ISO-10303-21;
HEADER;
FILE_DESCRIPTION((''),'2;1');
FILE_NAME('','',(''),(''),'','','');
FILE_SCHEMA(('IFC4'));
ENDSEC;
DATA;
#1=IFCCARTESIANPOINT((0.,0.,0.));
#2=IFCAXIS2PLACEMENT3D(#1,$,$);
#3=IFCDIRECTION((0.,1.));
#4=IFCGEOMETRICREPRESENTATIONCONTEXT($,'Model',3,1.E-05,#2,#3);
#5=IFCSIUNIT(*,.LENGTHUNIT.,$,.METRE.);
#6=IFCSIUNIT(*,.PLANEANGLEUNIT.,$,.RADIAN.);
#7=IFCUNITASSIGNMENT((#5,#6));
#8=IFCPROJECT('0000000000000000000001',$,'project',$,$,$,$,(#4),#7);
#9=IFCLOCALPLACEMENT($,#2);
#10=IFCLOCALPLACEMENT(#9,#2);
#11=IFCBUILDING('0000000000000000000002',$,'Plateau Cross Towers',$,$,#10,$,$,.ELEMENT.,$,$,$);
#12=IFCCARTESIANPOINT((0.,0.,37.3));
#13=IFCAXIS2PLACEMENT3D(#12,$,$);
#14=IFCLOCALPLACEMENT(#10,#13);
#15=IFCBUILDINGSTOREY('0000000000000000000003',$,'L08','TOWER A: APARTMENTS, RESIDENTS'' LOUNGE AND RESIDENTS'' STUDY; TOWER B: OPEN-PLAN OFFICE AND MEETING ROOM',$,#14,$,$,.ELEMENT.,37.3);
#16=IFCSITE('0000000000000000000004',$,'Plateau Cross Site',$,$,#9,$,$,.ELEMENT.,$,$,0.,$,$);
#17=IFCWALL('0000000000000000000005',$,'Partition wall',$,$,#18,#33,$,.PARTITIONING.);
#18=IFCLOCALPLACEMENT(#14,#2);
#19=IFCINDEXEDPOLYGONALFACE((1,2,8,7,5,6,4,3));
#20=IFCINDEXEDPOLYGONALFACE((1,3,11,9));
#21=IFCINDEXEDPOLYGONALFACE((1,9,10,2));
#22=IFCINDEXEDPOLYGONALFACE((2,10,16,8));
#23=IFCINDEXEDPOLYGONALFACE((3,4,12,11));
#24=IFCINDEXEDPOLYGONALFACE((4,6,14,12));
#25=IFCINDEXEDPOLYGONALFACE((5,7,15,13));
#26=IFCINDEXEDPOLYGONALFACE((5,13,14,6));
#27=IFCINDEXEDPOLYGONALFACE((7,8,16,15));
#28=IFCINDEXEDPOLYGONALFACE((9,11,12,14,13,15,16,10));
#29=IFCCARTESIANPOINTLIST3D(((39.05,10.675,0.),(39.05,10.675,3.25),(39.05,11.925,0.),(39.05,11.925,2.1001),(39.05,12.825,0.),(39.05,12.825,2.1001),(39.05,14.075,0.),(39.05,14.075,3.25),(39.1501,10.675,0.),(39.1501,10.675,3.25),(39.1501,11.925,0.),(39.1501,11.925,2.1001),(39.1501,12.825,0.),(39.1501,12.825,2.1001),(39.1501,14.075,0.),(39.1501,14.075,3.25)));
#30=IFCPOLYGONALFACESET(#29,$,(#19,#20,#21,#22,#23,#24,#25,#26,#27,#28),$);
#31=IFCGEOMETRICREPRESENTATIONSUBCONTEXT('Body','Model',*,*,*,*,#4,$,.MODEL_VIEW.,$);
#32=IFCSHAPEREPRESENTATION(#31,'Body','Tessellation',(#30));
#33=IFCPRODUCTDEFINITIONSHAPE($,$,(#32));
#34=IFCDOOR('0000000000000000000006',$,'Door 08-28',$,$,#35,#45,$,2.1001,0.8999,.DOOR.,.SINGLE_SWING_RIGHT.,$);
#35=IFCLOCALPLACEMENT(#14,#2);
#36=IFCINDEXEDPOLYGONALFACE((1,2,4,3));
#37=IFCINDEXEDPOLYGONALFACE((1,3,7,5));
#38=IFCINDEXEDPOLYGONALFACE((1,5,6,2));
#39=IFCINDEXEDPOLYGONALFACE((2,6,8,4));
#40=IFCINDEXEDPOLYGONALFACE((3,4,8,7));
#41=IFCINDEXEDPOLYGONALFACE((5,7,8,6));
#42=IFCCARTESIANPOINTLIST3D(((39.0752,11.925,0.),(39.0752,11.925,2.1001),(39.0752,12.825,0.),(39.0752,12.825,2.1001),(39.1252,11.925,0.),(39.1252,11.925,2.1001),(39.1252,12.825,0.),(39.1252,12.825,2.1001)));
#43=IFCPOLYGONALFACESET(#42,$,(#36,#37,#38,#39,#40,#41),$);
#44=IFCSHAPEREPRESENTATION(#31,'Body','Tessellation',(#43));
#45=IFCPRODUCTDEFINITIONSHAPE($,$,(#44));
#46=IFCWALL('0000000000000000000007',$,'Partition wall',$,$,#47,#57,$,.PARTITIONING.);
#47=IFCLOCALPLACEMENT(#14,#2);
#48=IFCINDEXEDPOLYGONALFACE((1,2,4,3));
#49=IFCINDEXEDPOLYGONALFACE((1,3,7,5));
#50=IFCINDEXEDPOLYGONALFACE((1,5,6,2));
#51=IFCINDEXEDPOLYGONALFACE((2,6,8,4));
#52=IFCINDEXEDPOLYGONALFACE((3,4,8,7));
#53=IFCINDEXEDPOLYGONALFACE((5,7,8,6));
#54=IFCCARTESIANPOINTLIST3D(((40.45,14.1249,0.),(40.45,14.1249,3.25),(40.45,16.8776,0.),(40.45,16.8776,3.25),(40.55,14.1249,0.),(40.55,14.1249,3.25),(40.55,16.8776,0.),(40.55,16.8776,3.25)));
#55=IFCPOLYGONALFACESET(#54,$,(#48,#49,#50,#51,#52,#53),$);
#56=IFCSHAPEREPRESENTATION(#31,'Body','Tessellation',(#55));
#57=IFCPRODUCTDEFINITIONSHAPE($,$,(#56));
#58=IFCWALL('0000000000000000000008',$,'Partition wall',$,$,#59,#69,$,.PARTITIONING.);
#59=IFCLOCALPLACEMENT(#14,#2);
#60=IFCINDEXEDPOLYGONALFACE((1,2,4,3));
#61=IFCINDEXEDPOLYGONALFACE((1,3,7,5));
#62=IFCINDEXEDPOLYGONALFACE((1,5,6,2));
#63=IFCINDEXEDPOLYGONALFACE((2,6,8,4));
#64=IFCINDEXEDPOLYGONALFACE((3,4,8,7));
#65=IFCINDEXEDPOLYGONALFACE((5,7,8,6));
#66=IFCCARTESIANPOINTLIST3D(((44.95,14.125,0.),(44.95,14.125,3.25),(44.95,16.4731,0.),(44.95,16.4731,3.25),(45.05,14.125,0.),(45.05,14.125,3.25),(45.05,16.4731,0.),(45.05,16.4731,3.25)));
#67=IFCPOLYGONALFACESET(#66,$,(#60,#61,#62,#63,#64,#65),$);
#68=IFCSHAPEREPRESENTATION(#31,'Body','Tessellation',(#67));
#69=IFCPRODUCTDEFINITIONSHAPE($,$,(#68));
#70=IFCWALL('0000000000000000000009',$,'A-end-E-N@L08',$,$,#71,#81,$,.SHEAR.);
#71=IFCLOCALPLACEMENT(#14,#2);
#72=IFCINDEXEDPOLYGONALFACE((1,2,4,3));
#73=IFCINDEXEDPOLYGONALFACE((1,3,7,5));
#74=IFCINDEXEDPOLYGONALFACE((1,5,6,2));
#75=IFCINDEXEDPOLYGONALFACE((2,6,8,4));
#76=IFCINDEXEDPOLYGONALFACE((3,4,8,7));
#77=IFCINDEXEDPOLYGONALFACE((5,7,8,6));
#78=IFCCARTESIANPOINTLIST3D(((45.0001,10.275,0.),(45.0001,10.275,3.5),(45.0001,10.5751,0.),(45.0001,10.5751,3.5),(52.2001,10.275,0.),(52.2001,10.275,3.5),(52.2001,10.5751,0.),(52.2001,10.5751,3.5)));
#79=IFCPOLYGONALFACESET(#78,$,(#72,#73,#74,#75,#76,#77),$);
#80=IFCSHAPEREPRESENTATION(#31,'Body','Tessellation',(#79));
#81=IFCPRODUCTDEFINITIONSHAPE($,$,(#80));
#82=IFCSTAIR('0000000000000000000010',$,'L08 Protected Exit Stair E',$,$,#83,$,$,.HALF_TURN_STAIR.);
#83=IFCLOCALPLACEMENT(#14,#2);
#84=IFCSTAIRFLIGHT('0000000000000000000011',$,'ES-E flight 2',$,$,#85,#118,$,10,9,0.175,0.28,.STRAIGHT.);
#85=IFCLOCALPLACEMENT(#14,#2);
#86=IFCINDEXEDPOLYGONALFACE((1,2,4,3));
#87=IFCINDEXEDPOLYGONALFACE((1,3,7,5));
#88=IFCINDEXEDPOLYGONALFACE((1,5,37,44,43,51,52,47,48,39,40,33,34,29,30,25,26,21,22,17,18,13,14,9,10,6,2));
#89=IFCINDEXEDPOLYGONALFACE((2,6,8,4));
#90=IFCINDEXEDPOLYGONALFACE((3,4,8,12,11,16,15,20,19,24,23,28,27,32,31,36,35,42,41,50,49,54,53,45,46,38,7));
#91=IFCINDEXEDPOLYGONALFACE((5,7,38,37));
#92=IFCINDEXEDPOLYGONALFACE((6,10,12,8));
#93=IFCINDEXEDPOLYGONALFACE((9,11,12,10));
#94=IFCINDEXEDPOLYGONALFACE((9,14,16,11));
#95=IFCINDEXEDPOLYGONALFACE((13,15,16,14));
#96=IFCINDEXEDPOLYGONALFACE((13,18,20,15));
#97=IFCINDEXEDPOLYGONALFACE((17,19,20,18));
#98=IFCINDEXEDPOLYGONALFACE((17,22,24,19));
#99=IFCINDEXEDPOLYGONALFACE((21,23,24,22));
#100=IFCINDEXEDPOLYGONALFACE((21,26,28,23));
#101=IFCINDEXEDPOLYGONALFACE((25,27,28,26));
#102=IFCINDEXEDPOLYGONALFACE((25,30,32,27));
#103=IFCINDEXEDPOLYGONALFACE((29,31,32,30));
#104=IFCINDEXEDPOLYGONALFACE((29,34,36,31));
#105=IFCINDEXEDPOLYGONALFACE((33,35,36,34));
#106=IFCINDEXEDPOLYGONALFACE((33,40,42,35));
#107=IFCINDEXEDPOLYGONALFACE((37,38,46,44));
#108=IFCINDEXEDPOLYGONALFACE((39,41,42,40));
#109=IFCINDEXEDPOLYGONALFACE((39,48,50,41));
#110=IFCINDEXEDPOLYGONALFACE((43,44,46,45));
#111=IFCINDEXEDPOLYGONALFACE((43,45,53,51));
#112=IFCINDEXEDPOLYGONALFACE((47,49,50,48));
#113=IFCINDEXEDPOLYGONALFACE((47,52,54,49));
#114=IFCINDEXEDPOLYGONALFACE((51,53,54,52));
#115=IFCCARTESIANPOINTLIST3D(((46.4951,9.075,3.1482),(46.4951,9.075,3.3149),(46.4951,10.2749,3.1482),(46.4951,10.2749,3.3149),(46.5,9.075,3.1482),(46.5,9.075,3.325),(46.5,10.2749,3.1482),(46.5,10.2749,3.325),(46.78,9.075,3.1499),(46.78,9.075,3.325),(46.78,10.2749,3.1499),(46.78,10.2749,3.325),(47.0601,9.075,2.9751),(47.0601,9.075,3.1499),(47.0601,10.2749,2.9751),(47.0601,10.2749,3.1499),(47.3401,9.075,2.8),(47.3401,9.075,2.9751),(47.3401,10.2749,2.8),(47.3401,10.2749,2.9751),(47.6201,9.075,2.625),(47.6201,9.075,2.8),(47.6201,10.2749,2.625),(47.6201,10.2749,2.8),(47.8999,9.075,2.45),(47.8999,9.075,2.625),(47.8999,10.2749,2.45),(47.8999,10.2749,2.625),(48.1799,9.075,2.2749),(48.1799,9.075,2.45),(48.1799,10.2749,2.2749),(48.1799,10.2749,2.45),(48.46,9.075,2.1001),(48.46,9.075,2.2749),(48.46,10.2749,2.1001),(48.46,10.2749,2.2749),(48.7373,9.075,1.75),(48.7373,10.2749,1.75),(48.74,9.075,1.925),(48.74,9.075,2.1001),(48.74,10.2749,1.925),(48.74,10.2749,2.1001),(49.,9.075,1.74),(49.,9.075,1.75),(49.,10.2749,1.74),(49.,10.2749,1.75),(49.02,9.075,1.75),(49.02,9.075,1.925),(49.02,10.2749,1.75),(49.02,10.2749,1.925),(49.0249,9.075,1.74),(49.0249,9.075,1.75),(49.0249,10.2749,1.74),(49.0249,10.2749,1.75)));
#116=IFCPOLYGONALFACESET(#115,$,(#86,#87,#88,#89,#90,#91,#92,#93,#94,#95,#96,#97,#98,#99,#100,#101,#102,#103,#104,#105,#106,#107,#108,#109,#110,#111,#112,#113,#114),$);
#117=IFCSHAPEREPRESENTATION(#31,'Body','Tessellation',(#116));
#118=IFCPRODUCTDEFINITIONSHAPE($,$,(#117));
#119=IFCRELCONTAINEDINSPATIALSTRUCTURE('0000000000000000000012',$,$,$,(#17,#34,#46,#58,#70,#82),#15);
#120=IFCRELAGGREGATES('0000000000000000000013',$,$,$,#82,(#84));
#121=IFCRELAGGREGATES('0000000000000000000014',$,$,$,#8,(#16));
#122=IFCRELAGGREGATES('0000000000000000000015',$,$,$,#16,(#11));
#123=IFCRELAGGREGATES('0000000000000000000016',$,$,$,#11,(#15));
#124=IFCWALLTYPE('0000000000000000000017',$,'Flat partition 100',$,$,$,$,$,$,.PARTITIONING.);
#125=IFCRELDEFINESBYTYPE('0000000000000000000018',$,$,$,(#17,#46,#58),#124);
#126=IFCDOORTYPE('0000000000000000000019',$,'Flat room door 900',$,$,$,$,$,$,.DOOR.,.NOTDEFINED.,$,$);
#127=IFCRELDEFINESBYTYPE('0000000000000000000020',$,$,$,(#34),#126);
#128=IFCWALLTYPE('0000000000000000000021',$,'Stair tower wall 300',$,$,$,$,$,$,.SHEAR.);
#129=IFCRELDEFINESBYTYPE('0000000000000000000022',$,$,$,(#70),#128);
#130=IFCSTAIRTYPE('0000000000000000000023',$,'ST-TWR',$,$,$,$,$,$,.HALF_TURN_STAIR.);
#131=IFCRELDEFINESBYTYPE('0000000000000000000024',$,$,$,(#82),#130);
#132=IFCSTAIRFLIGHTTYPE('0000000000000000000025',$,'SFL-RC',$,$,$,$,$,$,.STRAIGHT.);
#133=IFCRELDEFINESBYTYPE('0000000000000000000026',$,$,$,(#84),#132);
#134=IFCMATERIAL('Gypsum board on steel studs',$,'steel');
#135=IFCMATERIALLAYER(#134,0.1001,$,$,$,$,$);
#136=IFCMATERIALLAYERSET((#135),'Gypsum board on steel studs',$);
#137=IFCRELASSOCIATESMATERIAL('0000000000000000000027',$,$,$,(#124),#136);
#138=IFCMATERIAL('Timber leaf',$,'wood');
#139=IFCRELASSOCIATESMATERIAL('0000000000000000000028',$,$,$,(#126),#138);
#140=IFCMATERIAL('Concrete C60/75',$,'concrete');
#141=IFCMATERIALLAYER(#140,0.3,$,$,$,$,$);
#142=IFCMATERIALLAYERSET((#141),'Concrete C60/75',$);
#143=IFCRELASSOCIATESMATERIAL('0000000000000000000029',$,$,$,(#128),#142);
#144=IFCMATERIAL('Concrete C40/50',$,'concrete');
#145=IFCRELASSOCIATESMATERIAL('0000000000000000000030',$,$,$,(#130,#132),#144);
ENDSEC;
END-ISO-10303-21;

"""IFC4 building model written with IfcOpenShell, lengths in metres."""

from ifc_helpers import new_model, si_unit, direction, frame, frame_2d, origin, place, context, subcontext, project, spatial, polyline, rectangle, outline, extrude, material, layer, layer_set, type_object, element, fill, aggregate, save


model = new_model("IFC4")

# Units and contexts
model_context = context("Model", 3, precision=1e-05, world=origin(), true_north=direction((0.0, 1.0)))
body_context = subcontext(model_context, "Body", "Model", "MODEL_VIEW")
ifc_project = project(units=[si_unit("LENGTHUNIT", "METRE"), si_unit("PLANEANGLEUNIT", "RADIAN")], contexts=[model_context])

# Site, building, storey
site_placement = place(None, origin())
site = spatial("IfcSite", under=ifc_project, at=site_placement, Name="Plateau Cross Site", CompositionType="ELEMENT", RefElevation=0.0)
building_placement = place(site_placement, origin())
building = spatial("IfcBuilding", under=site, at=building_placement, Name="Plateau Cross Towers", CompositionType="ELEMENT")
storey_placement = place(building_placement, frame((0.0, 0.0, 37.3)))
storey = spatial("IfcBuildingStorey", under=building, at=storey_placement, Name="L08", Description="TOWER A: APARTMENTS, RESIDENTS' LOUNGE AND RESIDENTS' STUDY; TOWER B: OPEN-PLAN OFFICE AND MEETING ROOM", CompositionType="ELEMENT", Elevation=37.3)

# Shared definitions
ifc_material_1 = material(Name="Gypsum board on steel studs", Category="steel")
ifc_layer_1 = layer(ifc_material_1, 0.1001)
ifc_layer_set_1 = layer_set([ifc_layer_1], Name="Gypsum board on steel studs")
wall_type_1 = type_object("IfcWallType", Name="Flat partition 100", PredefinedType="PARTITIONING", material=ifc_layer_set_1)

# Shared definitions
ifc_material_2 = material(Name="Timber leaf", Category="wood")
door_type = type_object("IfcDoorType", Name="Flat room door 900", OperationType="NOTDEFINED", PredefinedType="DOOR", material=ifc_material_2)

# Wall, opening, door
wall_1_placement = place(storey_placement, frame((39.1001, 10.675, 0.0), z_axis=(0.0, 0.0, 1.0), x_axis=(0.0, 1.0, 0.0)))
wall_1 = element("IfcWall", 1, at=wall_1_placement, inside=storey, type_object=wall_type_1, Name="Partition wall", PredefinedType="PARTITIONING", context=body_context, shape_type="SweptSolid", body=[
    extrude(rectangle(XDim=3.3999, YDim=0.1001, at=frame_2d((1.7, 0.0))), origin(), (0.0, 0.0, 1.0), 3.25),
])
opening_1_placement = place(wall_1_placement, frame((1.25, 0.0, 0.0)))
opening_1 = element("IfcOpeningElement", 2, at=opening_1_placement, cuts=wall_1, PredefinedType="OPENING", context=body_context, shape_type="SweptSolid", body=[
    extrude(rectangle(XDim=0.8999, YDim=2.1001, at=frame_2d((0.45, 1.05))), frame((0.0, 0.0601, 0.0), z_axis=(0.0, -1.0, 0.0), x_axis=(1.0, 0.0, 0.0)), (0.0, 0.0, 1.0), 0.1201),
])
door_1_placement = place(opening_1_placement, origin())
door_1 = element("IfcDoor", 3, at=door_1_placement, inside=storey, type_object=door_type, Name="Door 08-28", OperationType="SINGLE_SWING_RIGHT", OverallHeight=2.1001, OverallWidth=0.8999, PredefinedType="DOOR", context=body_context, shape_type="SweptSolid", body=[
    extrude(rectangle(XDim=0.8999, YDim=2.1001, at=frame_2d((0.45, 1.05))), frame((0.0, 0.0249, 0.0), z_axis=(0.0, -1.0, 0.0), x_axis=(1.0, 0.0, 0.0)), (0.0, 0.0, 1.0), 0.05),
])
fill(opening_1, door_1)

# Walls
wall_2_placement = place(storey_placement, frame((40.5, 16.8777, 0.0), z_axis=(0.0, 0.0, 1.0), x_axis=(0.0, -1.0, 0.0)))
element("IfcWall", 4, at=wall_2_placement, inside=storey, type_object=wall_type_1, Name="Partition wall", PredefinedType="PARTITIONING", context=body_context, shape_type="SweptSolid", body=[
    extrude(rectangle(XDim=2.7527, YDim=0.1001, at=frame_2d((1.3765, 0.0))), origin(), (0.0, 0.0, 1.0), 3.25),
])
wall_3_placement = place(storey_placement, frame((45.0, 14.125, 0.0), z_axis=(0.0, 0.0, 1.0), x_axis=(0.0, 1.0, 0.0)))
element("IfcWall", 5, at=wall_3_placement, inside=storey, type_object=wall_type_1, Name="Partition wall", PredefinedType="PARTITIONING", context=body_context, shape_type="SweptSolid", body=[
    extrude(rectangle(XDim=2.3481, YDim=0.1001, at=frame_2d((1.1741, 0.0))), origin(), (0.0, 0.0, 1.0), 3.25),
])
ifc_material_3 = material(Name="Concrete C60/75", Category="concrete")
ifc_layer_2 = layer(ifc_material_3, 0.3)
ifc_layer_set_2 = layer_set([ifc_layer_2], Name="Concrete C60/75")
wall_type_2 = type_object("IfcWallType", Name="Stair tower wall 300", PredefinedType="SHEAR", material=ifc_layer_set_2)
wall_4_placement = place(storey_placement, frame((45.0, 10.425, 0.0), z_axis=(0.0, 0.0, 1.0), x_axis=(1.0, 0.0, 0.0)))
element("IfcWall", 6, at=wall_4_placement, inside=storey, type_object=wall_type_2, Name="A-end-E-N@L08", PredefinedType="SHEAR", context=body_context, shape_type="SweptSolid", body=[
    extrude(rectangle(XDim=7.2, YDim=0.3, at=frame_2d((3.6001, 0.0))), origin(), (0.0, 0.0, 1.0), 3.5),
])

# Stair, stair flight
ifc_material_4 = material(Name="Concrete C40/50", Category="concrete")
stair_type = type_object("IfcStairType", Name="ST-TWR", PredefinedType="HALF_TURN_STAIR", material=ifc_material_4)
stair_placement = place(storey_placement, origin())
stair = element("IfcStair", 7, at=stair_placement, inside=storey, type_object=stair_type, Name="L08 Protected Exit Stair E", PredefinedType="HALF_TURN_STAIR")
stair_flight_type = type_object("IfcStairFlightType", Name="SFL-RC", PredefinedType="STRAIGHT", material=ifc_material_4)
stair_flight_placement = place(storey_placement, frame((49.02, 9.675, 1.75), z_axis=(0.0, 0.0, 1.0), x_axis=(-1.0, 0.0, 0.0)))
stair_flight = element("IfcStairFlight", 8, at=stair_flight_placement, type_object=stair_flight_type, Name="ES-E flight 2", NumberOfRisers=10, NumberOfTreads=9, PredefinedType="STRAIGHT", RiserHeight=0.175, TreadLength=0.28, context=body_context, shape_type="SweptSolid", body=[
    extrude(outline(polyline([(-0.0049, -0.01), (-0.0049, 0.0), (0.0, 0.0), (0.0, 0.175), (0.28, 0.175), (0.28, 0.3501), (0.5601, 0.3501), (0.5601, 0.5249), (0.8401, 0.5249), (0.8401, 0.7), (1.1201, 0.7), (1.1201, 0.875), (1.3999, 0.875), (1.3999, 1.05), (1.6799, 1.05), (1.6799, 1.2251), (1.96, 1.2251), (1.96, 1.3999), (2.24, 1.3999), (2.24, 1.575), (2.52, 1.575), (2.5249, 1.5649), (2.5249, 1.3982), (2.52, 1.3982), (0.2827, 0.0), (0.02, 0.0), (0.02, -0.01), (-0.0049, -0.01)])), frame((0.0, 0.6001, 0.0), z_axis=(0.0, -1.0, 0.0), x_axis=(1.0, 0.0, 0.0)), (0.0, 0.0, 1.0), 1.2),
])
aggregate(stair, [stair_flight])

save(model, "model.ifc")
